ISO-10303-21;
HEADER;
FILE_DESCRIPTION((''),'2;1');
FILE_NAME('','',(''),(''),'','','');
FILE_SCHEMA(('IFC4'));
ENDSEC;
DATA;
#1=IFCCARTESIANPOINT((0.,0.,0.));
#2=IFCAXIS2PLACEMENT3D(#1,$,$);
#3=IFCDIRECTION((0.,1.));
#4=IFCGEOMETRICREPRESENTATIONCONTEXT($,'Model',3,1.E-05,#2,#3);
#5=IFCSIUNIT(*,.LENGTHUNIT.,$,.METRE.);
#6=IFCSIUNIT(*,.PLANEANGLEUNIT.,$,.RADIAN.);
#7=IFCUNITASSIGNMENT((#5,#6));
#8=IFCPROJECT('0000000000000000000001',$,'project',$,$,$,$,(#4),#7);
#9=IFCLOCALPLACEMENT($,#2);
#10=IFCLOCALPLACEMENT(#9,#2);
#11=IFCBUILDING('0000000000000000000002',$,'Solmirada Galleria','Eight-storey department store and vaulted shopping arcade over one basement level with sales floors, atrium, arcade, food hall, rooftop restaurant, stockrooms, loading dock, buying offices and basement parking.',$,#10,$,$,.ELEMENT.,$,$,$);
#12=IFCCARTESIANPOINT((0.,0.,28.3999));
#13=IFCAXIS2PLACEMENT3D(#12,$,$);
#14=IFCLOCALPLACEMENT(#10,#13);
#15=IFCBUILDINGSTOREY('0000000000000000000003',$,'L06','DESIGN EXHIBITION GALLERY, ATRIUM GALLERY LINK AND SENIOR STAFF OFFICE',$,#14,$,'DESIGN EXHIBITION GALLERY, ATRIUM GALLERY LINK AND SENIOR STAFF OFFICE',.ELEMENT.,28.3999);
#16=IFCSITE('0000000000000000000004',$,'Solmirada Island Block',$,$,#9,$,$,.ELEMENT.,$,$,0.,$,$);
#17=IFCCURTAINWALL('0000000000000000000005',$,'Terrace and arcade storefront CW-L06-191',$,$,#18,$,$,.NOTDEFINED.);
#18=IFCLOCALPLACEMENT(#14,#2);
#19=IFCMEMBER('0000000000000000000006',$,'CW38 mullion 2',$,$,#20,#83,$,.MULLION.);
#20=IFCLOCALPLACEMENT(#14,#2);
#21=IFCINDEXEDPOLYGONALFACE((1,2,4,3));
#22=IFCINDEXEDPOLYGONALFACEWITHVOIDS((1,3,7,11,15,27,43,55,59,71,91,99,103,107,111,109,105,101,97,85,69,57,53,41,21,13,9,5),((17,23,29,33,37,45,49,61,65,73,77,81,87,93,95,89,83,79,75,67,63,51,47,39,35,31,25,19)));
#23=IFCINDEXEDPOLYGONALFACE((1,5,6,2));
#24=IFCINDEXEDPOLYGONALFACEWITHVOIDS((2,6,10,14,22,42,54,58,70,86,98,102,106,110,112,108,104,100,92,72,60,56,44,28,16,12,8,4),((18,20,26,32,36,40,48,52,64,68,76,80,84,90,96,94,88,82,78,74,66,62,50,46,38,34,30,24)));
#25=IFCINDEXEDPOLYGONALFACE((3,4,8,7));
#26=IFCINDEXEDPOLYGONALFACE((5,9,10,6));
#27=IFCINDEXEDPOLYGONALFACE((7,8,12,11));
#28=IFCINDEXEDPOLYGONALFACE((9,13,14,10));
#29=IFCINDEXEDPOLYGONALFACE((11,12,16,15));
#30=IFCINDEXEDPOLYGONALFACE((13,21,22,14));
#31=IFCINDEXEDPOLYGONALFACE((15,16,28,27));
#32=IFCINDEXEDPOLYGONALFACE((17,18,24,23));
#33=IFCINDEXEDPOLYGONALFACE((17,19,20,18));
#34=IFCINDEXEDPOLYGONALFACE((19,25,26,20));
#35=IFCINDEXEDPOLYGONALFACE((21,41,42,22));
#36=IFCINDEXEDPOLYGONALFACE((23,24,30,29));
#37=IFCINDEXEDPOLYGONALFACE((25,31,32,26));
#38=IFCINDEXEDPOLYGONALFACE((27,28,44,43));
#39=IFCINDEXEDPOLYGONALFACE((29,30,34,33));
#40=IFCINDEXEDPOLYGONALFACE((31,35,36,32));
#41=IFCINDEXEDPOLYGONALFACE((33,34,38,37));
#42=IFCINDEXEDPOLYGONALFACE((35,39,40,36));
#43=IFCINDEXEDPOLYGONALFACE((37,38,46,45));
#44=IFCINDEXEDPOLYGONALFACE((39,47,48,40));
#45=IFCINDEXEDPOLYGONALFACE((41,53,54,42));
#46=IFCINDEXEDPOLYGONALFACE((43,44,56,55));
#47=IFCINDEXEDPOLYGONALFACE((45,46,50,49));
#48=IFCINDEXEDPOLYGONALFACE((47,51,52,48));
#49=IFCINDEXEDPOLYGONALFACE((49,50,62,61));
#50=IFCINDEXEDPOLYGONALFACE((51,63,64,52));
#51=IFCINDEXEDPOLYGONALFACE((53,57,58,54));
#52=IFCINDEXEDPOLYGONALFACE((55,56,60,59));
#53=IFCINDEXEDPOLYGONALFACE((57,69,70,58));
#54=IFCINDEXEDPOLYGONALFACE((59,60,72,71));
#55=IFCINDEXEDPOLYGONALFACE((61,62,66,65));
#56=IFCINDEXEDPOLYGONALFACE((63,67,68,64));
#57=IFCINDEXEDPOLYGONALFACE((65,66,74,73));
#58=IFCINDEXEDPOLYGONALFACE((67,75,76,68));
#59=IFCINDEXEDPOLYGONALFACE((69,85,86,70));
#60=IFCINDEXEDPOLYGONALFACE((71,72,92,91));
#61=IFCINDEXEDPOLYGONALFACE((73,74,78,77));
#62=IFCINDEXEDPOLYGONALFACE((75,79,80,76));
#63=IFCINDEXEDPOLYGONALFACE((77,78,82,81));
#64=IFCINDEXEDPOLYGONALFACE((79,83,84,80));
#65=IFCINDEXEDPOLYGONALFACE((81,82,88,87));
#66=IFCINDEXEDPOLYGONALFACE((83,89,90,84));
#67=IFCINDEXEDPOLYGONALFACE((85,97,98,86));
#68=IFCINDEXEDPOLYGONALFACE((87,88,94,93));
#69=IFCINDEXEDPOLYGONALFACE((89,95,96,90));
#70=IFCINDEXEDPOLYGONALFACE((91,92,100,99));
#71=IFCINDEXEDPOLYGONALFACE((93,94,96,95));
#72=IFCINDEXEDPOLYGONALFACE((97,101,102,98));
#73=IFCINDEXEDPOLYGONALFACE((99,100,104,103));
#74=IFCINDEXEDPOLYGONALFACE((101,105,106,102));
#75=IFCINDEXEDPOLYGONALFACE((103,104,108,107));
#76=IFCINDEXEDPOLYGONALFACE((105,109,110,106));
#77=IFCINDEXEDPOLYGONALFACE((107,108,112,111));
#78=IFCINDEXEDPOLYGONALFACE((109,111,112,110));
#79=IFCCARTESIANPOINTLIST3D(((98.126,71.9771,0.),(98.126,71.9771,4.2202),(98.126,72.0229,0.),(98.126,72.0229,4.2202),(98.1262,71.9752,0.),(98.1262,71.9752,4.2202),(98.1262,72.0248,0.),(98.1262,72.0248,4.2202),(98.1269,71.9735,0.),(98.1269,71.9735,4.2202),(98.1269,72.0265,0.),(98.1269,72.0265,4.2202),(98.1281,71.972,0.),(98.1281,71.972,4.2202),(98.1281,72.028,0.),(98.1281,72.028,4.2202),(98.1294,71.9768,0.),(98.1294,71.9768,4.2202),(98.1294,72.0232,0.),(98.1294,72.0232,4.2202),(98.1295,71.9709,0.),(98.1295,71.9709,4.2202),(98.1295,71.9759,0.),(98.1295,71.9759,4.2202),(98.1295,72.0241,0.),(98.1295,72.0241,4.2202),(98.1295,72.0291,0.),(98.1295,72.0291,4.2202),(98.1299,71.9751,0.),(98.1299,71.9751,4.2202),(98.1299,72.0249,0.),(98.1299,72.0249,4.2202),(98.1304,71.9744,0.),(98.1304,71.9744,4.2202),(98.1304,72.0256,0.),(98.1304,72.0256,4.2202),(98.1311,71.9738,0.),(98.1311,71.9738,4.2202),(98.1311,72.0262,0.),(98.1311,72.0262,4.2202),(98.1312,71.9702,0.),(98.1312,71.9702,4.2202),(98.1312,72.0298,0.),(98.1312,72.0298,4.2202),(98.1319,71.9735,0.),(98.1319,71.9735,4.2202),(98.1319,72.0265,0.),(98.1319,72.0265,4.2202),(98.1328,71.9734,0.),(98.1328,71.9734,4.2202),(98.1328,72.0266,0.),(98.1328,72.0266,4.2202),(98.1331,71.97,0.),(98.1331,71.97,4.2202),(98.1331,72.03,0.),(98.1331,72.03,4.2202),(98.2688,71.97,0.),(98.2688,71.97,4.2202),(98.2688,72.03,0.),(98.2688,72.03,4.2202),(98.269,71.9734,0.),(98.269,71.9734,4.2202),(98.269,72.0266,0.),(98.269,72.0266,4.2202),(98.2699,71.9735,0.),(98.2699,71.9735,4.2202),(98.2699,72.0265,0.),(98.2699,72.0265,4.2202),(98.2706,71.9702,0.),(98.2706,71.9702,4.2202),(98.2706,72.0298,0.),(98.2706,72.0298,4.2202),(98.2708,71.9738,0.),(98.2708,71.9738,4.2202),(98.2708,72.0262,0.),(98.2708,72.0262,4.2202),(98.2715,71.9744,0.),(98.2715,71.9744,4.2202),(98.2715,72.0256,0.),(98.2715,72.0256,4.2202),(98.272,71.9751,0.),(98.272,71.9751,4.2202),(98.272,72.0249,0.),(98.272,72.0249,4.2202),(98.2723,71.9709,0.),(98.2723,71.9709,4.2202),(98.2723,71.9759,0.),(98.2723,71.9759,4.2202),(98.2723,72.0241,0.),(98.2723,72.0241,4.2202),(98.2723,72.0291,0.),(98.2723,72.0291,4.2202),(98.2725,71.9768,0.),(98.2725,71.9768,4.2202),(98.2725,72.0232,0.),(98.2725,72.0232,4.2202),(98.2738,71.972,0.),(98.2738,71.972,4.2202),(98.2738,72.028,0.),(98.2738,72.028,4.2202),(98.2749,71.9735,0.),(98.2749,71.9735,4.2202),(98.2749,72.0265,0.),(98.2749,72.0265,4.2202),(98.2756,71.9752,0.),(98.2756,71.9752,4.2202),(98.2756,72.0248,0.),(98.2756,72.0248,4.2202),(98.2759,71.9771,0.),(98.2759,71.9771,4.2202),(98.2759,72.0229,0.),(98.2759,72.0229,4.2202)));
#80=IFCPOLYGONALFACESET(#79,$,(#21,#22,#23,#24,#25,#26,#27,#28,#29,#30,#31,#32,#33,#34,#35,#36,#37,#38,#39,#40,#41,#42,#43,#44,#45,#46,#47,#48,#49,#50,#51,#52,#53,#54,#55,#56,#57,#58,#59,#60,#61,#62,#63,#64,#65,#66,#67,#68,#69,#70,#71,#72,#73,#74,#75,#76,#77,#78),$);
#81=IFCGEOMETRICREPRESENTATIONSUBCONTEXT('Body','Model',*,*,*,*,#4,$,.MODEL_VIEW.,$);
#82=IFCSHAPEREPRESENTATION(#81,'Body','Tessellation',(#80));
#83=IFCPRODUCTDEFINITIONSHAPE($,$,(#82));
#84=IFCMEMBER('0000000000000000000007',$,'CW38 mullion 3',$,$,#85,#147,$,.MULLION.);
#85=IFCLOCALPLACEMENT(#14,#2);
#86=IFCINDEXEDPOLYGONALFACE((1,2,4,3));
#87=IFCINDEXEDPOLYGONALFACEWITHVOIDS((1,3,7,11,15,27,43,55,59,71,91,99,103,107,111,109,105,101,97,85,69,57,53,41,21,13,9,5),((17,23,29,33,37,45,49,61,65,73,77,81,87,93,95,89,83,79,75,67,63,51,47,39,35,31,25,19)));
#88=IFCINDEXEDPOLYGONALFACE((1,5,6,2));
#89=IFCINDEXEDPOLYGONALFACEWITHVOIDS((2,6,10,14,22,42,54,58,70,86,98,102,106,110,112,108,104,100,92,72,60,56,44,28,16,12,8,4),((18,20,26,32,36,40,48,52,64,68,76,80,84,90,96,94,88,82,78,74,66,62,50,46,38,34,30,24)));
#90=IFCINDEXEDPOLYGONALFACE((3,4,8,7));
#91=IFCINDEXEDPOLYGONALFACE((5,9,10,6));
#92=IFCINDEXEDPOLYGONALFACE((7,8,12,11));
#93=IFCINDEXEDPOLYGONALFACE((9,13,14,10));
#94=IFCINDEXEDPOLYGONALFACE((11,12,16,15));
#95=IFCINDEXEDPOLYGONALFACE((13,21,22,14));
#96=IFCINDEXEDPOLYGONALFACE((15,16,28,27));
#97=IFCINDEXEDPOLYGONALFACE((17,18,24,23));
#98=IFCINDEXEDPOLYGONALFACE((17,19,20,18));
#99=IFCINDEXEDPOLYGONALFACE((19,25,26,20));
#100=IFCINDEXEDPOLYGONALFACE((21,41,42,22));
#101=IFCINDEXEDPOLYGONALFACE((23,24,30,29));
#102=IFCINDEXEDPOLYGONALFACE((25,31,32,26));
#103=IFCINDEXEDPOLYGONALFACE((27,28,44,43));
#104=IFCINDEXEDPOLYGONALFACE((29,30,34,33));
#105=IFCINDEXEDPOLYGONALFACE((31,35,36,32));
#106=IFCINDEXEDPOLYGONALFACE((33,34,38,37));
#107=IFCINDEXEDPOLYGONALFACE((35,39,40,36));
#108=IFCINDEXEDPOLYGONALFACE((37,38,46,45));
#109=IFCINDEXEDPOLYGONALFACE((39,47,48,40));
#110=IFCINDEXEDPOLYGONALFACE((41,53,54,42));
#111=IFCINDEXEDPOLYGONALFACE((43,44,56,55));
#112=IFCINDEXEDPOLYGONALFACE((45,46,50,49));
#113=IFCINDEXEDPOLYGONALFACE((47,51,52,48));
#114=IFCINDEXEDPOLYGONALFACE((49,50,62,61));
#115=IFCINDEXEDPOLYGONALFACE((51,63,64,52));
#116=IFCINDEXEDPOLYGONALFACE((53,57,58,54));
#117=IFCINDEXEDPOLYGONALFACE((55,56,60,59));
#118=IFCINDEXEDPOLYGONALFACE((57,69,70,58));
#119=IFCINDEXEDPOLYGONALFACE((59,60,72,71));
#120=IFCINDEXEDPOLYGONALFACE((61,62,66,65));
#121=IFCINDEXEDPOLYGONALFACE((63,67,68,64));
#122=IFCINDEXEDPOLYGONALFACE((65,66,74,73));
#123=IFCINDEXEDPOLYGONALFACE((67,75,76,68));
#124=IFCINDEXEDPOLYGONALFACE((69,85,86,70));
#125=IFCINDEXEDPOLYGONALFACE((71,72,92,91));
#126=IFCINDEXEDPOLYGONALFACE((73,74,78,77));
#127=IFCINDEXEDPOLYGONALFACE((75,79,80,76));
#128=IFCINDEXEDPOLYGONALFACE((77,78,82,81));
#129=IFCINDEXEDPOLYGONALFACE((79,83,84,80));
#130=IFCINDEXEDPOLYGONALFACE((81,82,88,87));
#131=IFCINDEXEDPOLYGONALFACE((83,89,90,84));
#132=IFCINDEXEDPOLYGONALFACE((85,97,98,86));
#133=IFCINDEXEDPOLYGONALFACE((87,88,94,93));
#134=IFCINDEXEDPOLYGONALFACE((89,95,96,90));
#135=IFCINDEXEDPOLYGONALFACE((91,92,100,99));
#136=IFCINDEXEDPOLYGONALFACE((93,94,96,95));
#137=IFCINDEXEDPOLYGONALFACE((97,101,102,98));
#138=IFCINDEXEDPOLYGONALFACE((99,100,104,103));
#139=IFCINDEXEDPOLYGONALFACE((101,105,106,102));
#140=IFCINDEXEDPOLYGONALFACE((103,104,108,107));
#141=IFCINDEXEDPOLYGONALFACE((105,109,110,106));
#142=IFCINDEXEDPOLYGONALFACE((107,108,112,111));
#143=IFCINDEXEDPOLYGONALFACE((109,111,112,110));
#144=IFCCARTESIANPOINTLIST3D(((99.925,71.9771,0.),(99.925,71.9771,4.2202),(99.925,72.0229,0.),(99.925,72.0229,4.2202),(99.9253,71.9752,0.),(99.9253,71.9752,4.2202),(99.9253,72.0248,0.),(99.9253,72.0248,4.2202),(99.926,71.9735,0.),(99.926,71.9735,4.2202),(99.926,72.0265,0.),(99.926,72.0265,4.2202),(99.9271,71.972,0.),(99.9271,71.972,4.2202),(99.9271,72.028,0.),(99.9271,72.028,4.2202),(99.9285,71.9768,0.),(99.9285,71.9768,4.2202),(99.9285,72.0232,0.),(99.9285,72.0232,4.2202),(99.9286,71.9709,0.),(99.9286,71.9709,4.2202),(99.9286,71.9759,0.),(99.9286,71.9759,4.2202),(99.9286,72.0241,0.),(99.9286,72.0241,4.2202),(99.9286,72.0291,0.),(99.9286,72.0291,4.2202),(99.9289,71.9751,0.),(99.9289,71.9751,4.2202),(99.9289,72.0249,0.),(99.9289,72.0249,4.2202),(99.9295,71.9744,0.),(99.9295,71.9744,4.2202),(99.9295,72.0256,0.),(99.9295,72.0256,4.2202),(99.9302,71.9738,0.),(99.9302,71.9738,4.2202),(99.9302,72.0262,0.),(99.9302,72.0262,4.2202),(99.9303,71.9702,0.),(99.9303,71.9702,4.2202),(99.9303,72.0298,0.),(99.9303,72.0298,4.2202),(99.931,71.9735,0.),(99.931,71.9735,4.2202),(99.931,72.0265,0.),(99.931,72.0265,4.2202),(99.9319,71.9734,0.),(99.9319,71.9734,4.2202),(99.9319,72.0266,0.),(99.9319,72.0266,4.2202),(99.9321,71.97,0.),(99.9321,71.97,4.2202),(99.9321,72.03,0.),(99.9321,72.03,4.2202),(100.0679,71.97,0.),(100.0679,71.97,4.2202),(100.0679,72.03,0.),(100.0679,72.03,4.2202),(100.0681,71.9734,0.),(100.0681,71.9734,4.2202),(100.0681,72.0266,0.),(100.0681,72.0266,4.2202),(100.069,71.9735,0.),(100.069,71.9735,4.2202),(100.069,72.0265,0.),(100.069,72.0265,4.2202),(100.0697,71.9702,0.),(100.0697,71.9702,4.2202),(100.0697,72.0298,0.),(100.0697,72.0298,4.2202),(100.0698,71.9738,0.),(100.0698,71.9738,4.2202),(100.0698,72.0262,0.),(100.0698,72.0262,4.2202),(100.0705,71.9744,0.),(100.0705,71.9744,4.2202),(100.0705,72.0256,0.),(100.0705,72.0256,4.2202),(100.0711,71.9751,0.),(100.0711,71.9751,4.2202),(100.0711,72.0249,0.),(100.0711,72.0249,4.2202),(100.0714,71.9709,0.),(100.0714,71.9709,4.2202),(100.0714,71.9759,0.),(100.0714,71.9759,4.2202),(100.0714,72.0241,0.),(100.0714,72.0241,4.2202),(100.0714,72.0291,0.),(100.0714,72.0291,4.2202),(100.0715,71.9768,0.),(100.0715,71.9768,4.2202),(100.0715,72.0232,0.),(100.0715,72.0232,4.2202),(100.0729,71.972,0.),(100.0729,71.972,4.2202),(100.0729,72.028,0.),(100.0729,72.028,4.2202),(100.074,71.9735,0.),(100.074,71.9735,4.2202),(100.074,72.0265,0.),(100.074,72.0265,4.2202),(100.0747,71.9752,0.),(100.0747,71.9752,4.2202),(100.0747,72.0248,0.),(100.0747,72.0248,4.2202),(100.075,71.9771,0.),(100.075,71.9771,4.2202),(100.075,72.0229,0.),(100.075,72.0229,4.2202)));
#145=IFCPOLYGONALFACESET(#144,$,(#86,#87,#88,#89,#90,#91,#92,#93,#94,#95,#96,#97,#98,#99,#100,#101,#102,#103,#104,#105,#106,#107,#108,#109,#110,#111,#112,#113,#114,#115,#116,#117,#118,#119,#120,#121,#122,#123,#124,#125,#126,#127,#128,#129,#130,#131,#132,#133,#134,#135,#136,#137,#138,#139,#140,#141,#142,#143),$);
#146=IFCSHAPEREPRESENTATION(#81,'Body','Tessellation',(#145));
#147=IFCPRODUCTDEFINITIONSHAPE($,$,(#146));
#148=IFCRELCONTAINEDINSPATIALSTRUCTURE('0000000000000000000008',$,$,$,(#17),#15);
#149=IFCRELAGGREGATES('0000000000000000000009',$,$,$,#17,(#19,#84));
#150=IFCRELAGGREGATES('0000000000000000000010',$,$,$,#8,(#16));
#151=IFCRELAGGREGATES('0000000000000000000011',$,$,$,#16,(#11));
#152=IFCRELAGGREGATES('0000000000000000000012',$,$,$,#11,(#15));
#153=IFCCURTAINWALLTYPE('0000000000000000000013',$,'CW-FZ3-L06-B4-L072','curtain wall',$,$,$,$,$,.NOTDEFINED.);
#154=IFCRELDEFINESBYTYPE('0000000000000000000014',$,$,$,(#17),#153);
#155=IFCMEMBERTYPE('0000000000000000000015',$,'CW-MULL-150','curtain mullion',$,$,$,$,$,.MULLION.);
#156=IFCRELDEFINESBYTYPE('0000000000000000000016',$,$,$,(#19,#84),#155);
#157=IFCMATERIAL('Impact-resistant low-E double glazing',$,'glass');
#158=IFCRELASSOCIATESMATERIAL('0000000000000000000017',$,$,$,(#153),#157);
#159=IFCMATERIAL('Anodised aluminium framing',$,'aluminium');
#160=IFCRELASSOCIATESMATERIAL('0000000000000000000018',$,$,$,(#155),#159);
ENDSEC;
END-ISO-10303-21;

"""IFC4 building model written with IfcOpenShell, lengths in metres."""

from ifc_helpers import new_model, si_unit, direction, frame, origin, origin_2d, place, context, subcontext, project, spatial, hollow_rectangle, extrude, material, material_profile, profile_set, type_object, element, aggregate, save


model = new_model("IFC4")

# Units and contexts
model_context = context("Model", 3, precision=1e-05, world=origin(), true_north=direction((0.0, 1.0)))
body_context = subcontext(model_context, "Body", "Model", "MODEL_VIEW")
ifc_project = project(units=[si_unit("LENGTHUNIT", "METRE"), si_unit("PLANEANGLEUNIT", "RADIAN")], contexts=[model_context])

# Site, building, storey
site_placement = place(None, origin())
site = spatial("IfcSite", under=ifc_project, at=site_placement, Name="Solmirada Island Block", CompositionType="ELEMENT", RefElevation=0.0)
building_placement = place(site_placement, origin())
building = spatial("IfcBuilding", under=site, at=building_placement, Name="Solmirada Galleria", Description="Eight-storey department store and vaulted shopping arcade over one basement level with sales floors, atrium, arcade, food hall, rooftop restaurant, stockrooms, loading dock, buying offices and basement parking.", CompositionType="ELEMENT")
storey_placement = place(building_placement, frame((0.0, 0.0, 28.3999)))
storey = spatial("IfcBuildingStorey", under=building, at=storey_placement, Name="L06", Description="DESIGN EXHIBITION GALLERY, ATRIUM GALLERY LINK AND SENIOR STAFF OFFICE", LongName="DESIGN EXHIBITION GALLERY, ATRIUM GALLERY LINK AND SENIOR STAFF OFFICE", CompositionType="ELEMENT", Elevation=28.3999)

# Shared definitions
ifc_material_1 = material(Name="Impact-resistant low-E double glazing", Category="glass")
curtain_wall_type = type_object("IfcCurtainWallType", Name="CW-FZ3-L06-B4-L072", Description="curtain wall", PredefinedType="NOTDEFINED", material=ifc_material_1)
ifc_material_2 = material(Name="Anodised aluminium framing", Category="aluminium")
ifc_material_profile_1 = material_profile(ifc_material_2, hollow_rectangle(XDim=0.0601, YDim=0.1499, WallThickness=0.0034, InnerFilletRadius=0.0034, OuterFilletRadius=0.0071, at=origin_2d()), Name="ALU-MULL-150X60")
ifc_profile_set_1 = profile_set([ifc_material_profile_1], Name="Anodised aluminium framing")
member_type_1 = type_object("IfcMemberType", Name="CW-MULL-150", Description="curtain mullion", PredefinedType="MULLION", material=ifc_profile_set_1)

# Curtain wall, members
curtain_wall_1_placement = place(storey_placement, origin())
curtain_wall_1 = element("IfcCurtainWall", 1, at=curtain_wall_1_placement, inside=storey, type_object=curtain_wall_type, Name="Terrace and arcade storefront CW-L06-191", PredefinedType="NOTDEFINED")
member_1_placement = place(storey_placement, frame((98.2009, 72.0, 0.0), z_axis=(0.0, 0.0, 1.0), x_axis=(0.0, 1.0, 0.0)))
member_1 = element("IfcMember", 2, at=member_1_placement, type_object=member_type_1, Name="CW38 mullion 2", PredefinedType="MULLION", context=body_context, shape_type="SweptSolid", body=[
    extrude(hollow_rectangle(XDim=0.0601, YDim=0.1499, WallThickness=0.0034, InnerFilletRadius=0.0034, OuterFilletRadius=0.0071, at=origin_2d()), origin(), (0.0, 0.0, 1.0), 4.2202),
])
member_2_placement = place(storey_placement, frame((100.0, 72.0, 0.0), z_axis=(0.0, 0.0, 1.0), x_axis=(0.0, 1.0, 0.0)))
member_2 = element("IfcMember", 3, at=member_2_placement, type_object=member_type_1, Name="CW38 mullion 3", PredefinedType="MULLION", context=body_context, shape_type="SweptSolid", body=[
    extrude(hollow_rectangle(XDim=0.0601, YDim=0.1499, WallThickness=0.0034, InnerFilletRadius=0.0034, OuterFilletRadius=0.0071, at=origin_2d()), origin(), (0.0, 0.0, 1.0), 4.2202),
])

aggregate(curtain_wall_1, [member_1, member_2])

save(model, "model.ifc")
